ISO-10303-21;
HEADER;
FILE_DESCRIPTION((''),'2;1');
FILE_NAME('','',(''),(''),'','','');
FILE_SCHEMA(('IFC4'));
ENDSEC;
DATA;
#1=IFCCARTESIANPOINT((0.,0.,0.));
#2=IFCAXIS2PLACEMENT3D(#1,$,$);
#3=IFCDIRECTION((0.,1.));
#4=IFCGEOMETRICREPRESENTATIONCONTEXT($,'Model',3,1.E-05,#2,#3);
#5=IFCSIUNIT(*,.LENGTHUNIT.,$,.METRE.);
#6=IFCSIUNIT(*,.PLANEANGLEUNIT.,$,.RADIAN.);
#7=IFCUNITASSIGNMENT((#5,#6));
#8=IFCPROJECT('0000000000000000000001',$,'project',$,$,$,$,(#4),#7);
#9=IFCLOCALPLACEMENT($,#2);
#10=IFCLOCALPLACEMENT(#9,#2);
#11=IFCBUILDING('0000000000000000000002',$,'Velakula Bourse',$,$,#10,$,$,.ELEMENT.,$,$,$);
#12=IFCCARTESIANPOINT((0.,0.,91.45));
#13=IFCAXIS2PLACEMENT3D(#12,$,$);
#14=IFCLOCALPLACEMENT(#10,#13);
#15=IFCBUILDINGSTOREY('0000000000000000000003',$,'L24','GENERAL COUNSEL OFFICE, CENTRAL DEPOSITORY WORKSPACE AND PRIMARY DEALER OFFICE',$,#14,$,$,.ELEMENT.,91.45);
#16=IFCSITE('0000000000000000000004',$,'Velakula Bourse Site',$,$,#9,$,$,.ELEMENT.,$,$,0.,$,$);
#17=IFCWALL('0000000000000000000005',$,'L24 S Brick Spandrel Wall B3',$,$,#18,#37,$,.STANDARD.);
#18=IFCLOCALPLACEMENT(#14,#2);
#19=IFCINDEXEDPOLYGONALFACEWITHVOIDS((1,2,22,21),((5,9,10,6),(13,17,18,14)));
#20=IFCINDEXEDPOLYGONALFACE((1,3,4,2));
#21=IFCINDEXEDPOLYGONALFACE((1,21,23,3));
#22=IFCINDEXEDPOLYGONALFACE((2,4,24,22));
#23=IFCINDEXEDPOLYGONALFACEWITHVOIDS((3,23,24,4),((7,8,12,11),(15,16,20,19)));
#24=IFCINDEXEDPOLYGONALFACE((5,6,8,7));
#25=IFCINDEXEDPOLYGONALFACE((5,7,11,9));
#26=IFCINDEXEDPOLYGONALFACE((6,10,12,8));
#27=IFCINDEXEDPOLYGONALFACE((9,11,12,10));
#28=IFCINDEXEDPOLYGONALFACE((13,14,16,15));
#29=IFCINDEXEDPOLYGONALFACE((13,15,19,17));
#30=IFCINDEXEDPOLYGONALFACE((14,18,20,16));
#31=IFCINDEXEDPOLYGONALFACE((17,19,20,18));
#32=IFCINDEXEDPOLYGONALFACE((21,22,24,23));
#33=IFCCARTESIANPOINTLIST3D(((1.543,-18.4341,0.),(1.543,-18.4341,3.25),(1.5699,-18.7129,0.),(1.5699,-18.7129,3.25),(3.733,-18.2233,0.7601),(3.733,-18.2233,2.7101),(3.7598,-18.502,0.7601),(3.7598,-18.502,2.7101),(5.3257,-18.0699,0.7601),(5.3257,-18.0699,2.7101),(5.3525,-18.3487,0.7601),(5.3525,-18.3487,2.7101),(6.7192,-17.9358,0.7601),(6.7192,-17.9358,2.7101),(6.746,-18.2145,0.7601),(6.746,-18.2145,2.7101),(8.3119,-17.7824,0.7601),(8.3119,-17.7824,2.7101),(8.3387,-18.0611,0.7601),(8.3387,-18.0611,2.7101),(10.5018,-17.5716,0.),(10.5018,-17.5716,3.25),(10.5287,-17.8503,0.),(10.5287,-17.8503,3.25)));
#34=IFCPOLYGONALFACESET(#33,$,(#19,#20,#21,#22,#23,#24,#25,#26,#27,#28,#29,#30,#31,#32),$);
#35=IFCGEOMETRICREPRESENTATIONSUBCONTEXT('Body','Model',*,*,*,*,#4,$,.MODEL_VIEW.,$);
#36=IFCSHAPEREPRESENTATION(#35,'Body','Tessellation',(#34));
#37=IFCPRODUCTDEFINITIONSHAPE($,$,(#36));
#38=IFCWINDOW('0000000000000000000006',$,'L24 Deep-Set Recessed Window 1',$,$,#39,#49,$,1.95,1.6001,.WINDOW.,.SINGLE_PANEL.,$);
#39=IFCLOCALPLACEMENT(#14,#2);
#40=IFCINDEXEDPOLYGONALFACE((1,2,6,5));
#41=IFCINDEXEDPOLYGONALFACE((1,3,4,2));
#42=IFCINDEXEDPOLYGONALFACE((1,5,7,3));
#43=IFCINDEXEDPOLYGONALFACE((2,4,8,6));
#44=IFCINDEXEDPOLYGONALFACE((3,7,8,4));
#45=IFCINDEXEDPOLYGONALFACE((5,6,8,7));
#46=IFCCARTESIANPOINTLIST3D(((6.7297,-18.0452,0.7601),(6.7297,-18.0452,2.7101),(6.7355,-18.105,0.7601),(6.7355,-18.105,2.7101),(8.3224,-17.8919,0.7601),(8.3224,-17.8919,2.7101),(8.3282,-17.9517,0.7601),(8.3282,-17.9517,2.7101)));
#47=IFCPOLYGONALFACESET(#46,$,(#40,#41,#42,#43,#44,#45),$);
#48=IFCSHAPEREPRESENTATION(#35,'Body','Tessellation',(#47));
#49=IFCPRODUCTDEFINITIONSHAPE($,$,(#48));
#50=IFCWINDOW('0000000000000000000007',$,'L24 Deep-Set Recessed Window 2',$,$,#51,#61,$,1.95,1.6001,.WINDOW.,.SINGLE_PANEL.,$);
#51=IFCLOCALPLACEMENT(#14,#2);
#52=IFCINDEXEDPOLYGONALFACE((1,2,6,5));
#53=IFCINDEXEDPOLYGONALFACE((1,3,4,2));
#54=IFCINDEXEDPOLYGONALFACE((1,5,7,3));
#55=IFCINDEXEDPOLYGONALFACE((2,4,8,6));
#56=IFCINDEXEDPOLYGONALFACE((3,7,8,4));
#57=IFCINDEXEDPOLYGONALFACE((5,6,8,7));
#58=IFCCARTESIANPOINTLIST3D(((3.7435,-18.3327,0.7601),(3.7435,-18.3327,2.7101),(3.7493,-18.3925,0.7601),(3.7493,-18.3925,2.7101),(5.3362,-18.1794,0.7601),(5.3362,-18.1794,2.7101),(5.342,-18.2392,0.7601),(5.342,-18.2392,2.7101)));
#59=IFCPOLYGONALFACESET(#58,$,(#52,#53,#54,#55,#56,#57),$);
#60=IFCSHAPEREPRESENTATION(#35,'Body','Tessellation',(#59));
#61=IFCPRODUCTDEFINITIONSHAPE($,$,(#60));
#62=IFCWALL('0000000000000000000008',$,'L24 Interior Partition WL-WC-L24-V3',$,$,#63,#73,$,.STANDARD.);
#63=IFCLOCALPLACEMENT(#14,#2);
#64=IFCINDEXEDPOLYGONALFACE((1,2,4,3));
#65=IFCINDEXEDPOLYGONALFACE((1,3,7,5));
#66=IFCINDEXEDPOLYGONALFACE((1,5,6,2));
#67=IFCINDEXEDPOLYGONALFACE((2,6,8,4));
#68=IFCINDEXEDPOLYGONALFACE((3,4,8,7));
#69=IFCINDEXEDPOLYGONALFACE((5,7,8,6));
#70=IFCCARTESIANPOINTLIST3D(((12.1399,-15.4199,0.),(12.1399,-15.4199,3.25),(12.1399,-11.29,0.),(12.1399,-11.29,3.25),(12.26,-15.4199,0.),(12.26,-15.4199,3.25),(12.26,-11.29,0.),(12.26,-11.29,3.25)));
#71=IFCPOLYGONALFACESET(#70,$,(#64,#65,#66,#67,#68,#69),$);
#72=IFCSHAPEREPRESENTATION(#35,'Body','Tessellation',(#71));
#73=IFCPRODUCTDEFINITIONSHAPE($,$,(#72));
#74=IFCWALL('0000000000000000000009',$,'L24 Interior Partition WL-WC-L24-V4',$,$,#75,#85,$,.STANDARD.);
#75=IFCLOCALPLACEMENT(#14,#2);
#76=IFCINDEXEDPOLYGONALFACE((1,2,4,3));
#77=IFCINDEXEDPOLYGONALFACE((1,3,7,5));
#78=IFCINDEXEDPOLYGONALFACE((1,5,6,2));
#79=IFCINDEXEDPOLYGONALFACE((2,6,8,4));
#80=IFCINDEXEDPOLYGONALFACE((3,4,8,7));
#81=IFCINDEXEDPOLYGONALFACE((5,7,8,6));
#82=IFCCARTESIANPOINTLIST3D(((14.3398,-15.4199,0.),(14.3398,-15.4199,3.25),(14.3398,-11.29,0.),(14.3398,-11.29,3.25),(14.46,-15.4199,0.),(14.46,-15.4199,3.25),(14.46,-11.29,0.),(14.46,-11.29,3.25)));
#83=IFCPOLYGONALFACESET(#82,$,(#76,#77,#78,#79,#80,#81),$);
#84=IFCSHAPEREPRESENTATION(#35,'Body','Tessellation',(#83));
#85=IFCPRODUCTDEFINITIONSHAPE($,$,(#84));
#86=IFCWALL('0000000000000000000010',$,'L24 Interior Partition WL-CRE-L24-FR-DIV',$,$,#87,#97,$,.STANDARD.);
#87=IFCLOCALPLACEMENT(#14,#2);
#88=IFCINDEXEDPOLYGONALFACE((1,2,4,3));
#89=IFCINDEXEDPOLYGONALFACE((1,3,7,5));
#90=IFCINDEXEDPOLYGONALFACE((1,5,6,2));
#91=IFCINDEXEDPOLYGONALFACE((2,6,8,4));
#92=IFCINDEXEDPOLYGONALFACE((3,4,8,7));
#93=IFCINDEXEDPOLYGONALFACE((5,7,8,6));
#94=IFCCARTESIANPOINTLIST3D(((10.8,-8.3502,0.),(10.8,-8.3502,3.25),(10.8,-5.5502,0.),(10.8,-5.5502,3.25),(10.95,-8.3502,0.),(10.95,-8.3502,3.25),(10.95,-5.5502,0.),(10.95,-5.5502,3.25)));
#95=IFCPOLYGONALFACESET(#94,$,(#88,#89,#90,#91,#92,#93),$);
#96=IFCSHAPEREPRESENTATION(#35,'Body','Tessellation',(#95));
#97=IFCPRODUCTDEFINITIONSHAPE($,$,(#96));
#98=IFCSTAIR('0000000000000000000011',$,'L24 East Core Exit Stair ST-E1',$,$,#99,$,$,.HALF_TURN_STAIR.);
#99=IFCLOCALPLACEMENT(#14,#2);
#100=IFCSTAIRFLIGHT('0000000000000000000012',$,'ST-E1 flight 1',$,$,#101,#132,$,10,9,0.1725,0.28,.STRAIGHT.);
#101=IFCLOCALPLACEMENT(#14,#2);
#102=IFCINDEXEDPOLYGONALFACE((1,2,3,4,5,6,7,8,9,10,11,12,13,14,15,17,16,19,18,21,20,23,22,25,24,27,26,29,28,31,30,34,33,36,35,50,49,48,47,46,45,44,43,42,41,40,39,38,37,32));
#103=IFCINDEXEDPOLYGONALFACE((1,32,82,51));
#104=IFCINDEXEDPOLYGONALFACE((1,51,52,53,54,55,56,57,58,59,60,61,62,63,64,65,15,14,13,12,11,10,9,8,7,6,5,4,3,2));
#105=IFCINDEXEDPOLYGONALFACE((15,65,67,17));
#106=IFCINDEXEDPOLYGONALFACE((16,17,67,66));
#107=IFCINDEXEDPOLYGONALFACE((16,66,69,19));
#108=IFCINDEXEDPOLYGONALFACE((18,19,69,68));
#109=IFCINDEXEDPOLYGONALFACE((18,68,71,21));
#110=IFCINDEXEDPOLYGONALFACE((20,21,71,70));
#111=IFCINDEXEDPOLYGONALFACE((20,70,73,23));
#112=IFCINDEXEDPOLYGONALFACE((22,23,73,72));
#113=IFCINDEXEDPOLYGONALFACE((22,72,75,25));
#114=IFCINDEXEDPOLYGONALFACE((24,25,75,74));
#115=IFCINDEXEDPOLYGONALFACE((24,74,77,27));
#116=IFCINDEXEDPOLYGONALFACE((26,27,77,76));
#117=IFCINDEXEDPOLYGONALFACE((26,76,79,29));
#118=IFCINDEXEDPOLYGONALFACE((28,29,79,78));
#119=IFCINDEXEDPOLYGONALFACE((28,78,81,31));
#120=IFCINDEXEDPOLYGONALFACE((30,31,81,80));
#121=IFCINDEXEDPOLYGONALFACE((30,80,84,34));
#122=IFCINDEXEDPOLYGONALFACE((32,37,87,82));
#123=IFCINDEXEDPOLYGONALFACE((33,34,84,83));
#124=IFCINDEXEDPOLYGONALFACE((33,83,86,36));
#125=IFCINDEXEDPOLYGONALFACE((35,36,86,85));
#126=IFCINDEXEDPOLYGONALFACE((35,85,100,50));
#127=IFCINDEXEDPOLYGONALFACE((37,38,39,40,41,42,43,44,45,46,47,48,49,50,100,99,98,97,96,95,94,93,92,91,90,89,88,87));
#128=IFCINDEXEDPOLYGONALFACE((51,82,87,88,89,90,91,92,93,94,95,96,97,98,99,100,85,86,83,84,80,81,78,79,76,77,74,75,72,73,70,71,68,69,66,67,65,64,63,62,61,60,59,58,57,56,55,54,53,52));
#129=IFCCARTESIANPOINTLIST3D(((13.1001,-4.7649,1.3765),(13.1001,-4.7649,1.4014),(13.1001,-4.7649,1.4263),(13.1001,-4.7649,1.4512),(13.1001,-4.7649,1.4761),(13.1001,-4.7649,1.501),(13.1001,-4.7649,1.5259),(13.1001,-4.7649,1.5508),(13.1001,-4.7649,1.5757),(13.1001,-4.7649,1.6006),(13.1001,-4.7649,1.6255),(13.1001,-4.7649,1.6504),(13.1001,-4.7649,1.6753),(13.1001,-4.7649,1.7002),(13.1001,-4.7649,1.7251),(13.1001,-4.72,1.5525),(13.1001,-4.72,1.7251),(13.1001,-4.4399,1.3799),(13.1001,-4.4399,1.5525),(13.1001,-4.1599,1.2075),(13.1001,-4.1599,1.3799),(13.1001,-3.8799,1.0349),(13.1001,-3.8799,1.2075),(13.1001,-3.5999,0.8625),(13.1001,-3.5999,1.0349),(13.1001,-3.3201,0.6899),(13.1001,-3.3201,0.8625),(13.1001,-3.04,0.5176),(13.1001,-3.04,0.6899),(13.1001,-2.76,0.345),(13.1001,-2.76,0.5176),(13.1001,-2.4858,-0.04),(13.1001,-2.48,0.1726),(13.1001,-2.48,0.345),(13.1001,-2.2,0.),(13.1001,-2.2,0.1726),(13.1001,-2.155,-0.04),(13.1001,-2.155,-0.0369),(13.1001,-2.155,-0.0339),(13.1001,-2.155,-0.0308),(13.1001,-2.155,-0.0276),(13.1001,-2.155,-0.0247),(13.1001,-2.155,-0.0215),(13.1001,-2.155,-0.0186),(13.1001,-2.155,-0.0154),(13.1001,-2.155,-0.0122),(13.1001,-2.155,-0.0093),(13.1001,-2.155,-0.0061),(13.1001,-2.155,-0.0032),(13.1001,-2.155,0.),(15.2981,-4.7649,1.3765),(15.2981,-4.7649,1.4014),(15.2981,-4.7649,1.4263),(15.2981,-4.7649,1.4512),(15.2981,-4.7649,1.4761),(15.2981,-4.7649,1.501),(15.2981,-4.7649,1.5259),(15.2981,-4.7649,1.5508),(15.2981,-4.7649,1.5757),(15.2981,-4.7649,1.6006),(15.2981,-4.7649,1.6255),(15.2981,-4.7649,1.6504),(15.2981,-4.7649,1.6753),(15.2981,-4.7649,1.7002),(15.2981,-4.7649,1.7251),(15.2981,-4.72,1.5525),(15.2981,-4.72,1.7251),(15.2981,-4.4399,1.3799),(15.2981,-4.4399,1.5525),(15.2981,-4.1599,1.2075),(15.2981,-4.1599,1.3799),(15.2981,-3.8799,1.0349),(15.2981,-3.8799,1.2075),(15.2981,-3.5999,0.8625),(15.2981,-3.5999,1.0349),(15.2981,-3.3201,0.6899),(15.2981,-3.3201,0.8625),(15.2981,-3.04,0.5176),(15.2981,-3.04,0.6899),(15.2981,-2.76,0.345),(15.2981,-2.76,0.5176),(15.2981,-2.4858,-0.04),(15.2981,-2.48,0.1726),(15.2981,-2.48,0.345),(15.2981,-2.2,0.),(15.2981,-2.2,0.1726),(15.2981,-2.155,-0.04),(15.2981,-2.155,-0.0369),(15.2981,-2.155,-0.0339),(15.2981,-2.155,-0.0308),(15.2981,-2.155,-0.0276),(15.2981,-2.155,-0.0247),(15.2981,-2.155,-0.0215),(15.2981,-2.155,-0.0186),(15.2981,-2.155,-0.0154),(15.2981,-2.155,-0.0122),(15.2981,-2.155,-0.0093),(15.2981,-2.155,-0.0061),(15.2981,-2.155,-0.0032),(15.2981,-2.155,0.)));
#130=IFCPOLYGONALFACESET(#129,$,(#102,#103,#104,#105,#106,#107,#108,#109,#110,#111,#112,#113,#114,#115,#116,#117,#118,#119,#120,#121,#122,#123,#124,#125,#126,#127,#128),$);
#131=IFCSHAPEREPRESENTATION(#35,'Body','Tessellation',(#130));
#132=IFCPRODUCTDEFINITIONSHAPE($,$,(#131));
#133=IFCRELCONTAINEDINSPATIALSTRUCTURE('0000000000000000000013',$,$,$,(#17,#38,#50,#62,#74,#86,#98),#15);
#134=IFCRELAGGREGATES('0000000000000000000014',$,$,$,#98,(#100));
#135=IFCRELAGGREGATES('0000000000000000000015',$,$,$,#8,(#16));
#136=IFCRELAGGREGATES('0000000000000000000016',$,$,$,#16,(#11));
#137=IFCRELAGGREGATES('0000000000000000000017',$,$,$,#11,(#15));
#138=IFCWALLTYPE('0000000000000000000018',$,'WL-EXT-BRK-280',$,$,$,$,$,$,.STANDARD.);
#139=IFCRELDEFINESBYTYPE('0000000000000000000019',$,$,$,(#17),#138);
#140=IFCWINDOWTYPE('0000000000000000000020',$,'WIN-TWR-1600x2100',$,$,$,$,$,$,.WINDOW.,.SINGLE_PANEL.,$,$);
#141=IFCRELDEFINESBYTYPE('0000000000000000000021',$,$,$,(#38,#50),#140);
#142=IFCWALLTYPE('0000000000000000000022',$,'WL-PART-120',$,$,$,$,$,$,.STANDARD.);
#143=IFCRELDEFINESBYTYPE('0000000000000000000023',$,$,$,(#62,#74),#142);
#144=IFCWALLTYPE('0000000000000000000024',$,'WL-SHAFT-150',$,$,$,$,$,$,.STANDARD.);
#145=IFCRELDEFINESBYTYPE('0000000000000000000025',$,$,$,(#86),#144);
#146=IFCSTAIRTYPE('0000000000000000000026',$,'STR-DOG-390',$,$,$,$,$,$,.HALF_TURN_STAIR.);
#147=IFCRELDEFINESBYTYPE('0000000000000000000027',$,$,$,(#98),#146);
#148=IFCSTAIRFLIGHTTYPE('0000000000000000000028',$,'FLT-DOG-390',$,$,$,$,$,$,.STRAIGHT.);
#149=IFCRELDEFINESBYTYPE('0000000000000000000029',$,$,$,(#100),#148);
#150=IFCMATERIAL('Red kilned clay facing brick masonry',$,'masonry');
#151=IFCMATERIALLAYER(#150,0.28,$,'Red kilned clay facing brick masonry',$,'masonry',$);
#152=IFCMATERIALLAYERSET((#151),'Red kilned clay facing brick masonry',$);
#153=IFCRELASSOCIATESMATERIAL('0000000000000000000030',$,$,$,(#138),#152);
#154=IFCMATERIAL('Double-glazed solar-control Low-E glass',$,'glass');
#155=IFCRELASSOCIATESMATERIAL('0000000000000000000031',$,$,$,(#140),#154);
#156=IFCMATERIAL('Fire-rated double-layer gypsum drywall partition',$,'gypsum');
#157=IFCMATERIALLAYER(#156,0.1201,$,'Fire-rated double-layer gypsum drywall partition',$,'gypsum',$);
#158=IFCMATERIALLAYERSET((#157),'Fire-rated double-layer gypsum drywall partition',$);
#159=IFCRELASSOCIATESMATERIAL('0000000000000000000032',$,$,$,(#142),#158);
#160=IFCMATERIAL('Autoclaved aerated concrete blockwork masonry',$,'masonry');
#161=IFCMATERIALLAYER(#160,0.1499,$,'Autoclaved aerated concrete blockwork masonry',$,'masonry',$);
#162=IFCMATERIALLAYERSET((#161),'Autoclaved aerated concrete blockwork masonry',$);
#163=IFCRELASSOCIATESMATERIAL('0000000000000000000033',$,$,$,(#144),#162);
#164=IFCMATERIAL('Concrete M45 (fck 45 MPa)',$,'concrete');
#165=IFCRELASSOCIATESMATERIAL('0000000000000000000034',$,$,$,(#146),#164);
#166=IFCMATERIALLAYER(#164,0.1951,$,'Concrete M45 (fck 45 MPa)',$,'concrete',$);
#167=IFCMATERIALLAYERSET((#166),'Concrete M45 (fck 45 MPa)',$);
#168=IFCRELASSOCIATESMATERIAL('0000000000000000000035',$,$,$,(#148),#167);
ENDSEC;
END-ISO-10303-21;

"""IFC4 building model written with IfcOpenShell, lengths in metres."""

from ifc_helpers import new_model, si_unit, direction, frame, frame_2d, origin, place, context, subcontext, project, spatial, polyline, rectangle, outline, extrude, material, layer, layer_set, type_object, element, fill, aggregate, save


model = new_model("IFC4")

# Units and contexts
model_context = context("Model", 3, precision=1e-05, world=origin(), true_north=direction((0.0, 1.0)))
body_context = subcontext(model_context, "Body", "Model", "MODEL_VIEW")
ifc_project = project(units=[si_unit("LENGTHUNIT", "METRE"), si_unit("PLANEANGLEUNIT", "RADIAN")], contexts=[model_context])

# Site, building, storey
site_placement = place(None, origin())
site = spatial("IfcSite", under=ifc_project, at=site_placement, Name="Velakula Bourse Site", CompositionType="ELEMENT", RefElevation=0.0)
building_placement = place(site_placement, origin())
building = spatial("IfcBuilding", under=site, at=building_placement, Name="Velakula Bourse", CompositionType="ELEMENT")
storey_placement = place(building_placement, frame((0.0, 0.0, 91.45)))
storey = spatial("IfcBuildingStorey", under=building, at=storey_placement, Name="L24", Description="GENERAL COUNSEL OFFICE, CENTRAL DEPOSITORY WORKSPACE AND PRIMARY DEALER OFFICE", CompositionType="ELEMENT", Elevation=91.45)

# Wall, openings, windows
ifc_material_1 = material(Name="Red kilned clay facing brick masonry", Category="masonry")
ifc_layer_1 = layer(ifc_material_1, 0.28, Name="Red kilned clay facing brick masonry", Category="masonry")
ifc_layer_set_1 = layer_set([ifc_layer_1], Name="Red kilned clay facing brick masonry")
wall_type_1 = type_object("IfcWallType", Name="WL-EXT-BRK-280", PredefinedType="STANDARD", material=ifc_layer_set_1)
wall_1_placement = place(storey_placement, frame((10.5151, -17.7109, 0.0), z_axis=(0.0, 0.0, 1.0), x_axis=(-0.995397, -0.095837, 0.0)))
wall_1 = element("IfcWall", 1, at=wall_1_placement, inside=storey, type_object=wall_type_1, Name="L24 S Brick Spandrel Wall B3", PredefinedType="STANDARD", context=body_context, shape_type="SweptSolid", body=[
    extrude(rectangle(XDim=9.0002, YDim=0.28, at=frame_2d((4.5, 0.0))), origin(), (0.0, 0.0, 1.0), 3.25),
])
opening_1_placement = place(wall_1_placement, frame((2.2, 0.0, 0.76)))
opening_1 = element("IfcOpeningElement", 2, at=opening_1_placement, cuts=wall_1, PredefinedType="OPENING", context=body_context, shape_type="SweptSolid", body=[
    extrude(rectangle(XDim=1.6001, YDim=1.95, at=frame_2d((0.8, 0.9751))), frame((0.0, 0.1499, 0.0), z_axis=(0.0, -1.0, 0.0), x_axis=(1.0, 0.0, 0.0)), (0.0, 0.0, 1.0), 0.3),
])
opening_2_placement = place(wall_1_placement, frame((5.2, 0.0, 0.76)))
opening_2 = element("IfcOpeningElement", 3, at=opening_2_placement, cuts=wall_1, PredefinedType="OPENING", context=body_context, shape_type="SweptSolid", body=[
    extrude(rectangle(XDim=1.6001, YDim=1.95, at=frame_2d((0.8, 0.9751))), frame((0.0, 0.1499, 0.0), z_axis=(0.0, -1.0, 0.0), x_axis=(1.0, 0.0, 0.0)), (0.0, 0.0, 1.0), 0.3),
])
ifc_material_2 = material(Name="Double-glazed solar-control Low-E glass", Category="glass")
window_type = type_object("IfcWindowType", Name="WIN-TWR-1600x2100", PartitioningType="SINGLE_PANEL", PredefinedType="WINDOW", material=ifc_material_2)
window_1_placement = place(opening_1_placement, origin())
window_1 = element("IfcWindow", 4, at=window_1_placement, inside=storey, type_object=window_type, Name="L24 Deep-Set Recessed Window 1", OverallHeight=1.95, OverallWidth=1.6001, PartitioningType="SINGLE_PANEL", PredefinedType="WINDOW", context=body_context, shape_type="SweptSolid", body=[
    extrude(rectangle(XDim=1.6001, YDim=1.95, at=frame_2d((0.8, 0.9751))), frame((0.0, 0.03, 0.0), z_axis=(0.0, -1.0, 0.0), x_axis=(1.0, 0.0, 0.0)), (0.0, 0.0, 1.0), 0.0601),
])
fill(opening_1, window_1)
window_2_placement = place(opening_2_placement, origin())
window_2 = element("IfcWindow", 5, at=window_2_placement, inside=storey, type_object=window_type, Name="L24 Deep-Set Recessed Window 2", OverallHeight=1.95, OverallWidth=1.6001, PartitioningType="SINGLE_PANEL", PredefinedType="WINDOW", context=body_context, shape_type="SweptSolid", body=[
    extrude(rectangle(XDim=1.6001, YDim=1.95, at=frame_2d((0.8, 0.9751))), frame((0.0, 0.03, 0.0), z_axis=(0.0, -1.0, 0.0), x_axis=(1.0, 0.0, 0.0)), (0.0, 0.0, 1.0), 0.0601),
])
fill(opening_2, window_2)

# Walls
ifc_material_3 = material(Name="Fire-rated double-layer gypsum drywall partition", Category="gypsum")
ifc_layer_2 = layer(ifc_material_3, 0.1201, Name="Fire-rated double-layer gypsum drywall partition", Category="gypsum")
ifc_layer_set_2 = layer_set([ifc_layer_2], Name="Fire-rated double-layer gypsum drywall partition")
wall_type_2 = type_object("IfcWallType", Name="WL-PART-120", PredefinedType="STANDARD", material=ifc_layer_set_2)
for number, where, z_axis, x_axis, name in (
    (6, (12.2, -15.4199, 0.0), (0.0, 0.0, 1.0), (0.0, 1.0, 0.0), "L24 Interior Partition WL-WC-L24-V3"),
    (7, (14.3999, -15.4199, 0.0), (0.0, 0.0, 1.0), (0.0, 1.0, 0.0), "L24 Interior Partition WL-WC-L24-V4"),
):
    element("IfcWall", number, at=place(storey_placement, frame(where, z_axis=z_axis, x_axis=x_axis)), inside=storey, type_object=wall_type_2, Name=name, PredefinedType="STANDARD", context=body_context, shape_type="SweptSolid", body=[
        extrude(rectangle(XDim=4.1299, YDim=0.1201, at=frame_2d((2.0649, 0.0))), origin(), (0.0, 0.0, 1.0), 3.25),
    ])
ifc_material_4 = material(Name="Autoclaved aerated concrete blockwork masonry", Category="masonry")
ifc_layer_3 = layer(ifc_material_4, 0.1499, Name="Autoclaved aerated concrete blockwork masonry", Category="masonry")
ifc_layer_set_3 = layer_set([ifc_layer_3], Name="Autoclaved aerated concrete blockwork masonry")
wall_type_3 = type_object("IfcWallType", Name="WL-SHAFT-150", PredefinedType="STANDARD", material=ifc_layer_set_3)
wall_2_placement = place(storey_placement, frame((10.875, -8.3501, 0.0), z_axis=(0.0, 0.0, 1.0), x_axis=(0.0, 1.0, 0.0)))
element("IfcWall", 8, at=wall_2_placement, inside=storey, type_object=wall_type_3, Name="L24 Interior Partition WL-CRE-L24-FR-DIV", PredefinedType="STANDARD", context=body_context, shape_type="SweptSolid", body=[
    extrude(rectangle(XDim=2.8, YDim=0.1499, at=frame_2d((1.3999, 0.0))), origin(), (0.0, 0.0, 1.0), 3.25),
])

# Stair, stair flight
ifc_material_5 = material(Name="Concrete M45 (fck 45 MPa)", Category="concrete")
stair_type = type_object("IfcStairType", Name="STR-DOG-390", PredefinedType="HALF_TURN_STAIR", material=ifc_material_5)
stair_placement = place(storey_placement, origin())
stair = element("IfcStair", 9, at=stair_placement, inside=storey, type_object=stair_type, Name="L24 East Core Exit Stair ST-E1", PredefinedType="HALF_TURN_STAIR")
ifc_layer_4 = layer(ifc_material_5, 0.1951, Name="Concrete M45 (fck 45 MPa)", Category="concrete")
ifc_layer_set_4 = layer_set([ifc_layer_4], Name="Concrete M45 (fck 45 MPa)")
stair_flight_type = type_object("IfcStairFlightType", Name="FLT-DOG-390", PredefinedType="STRAIGHT", material=ifc_layer_set_4)
stair_flight_1_placement = place(storey_placement, frame((14.199, -2.2, 0.0), z_axis=(0.0, 0.0, 1.0), x_axis=(0.0, -1.0, 0.0)))
stair_flight_1 = element("IfcStairFlight", 10, at=stair_flight_1_placement, type_object=stair_flight_type, Name="ST-E1 flight 1", NumberOfRisers=10, NumberOfTreads=9, PredefinedType="STRAIGHT", RiserHeight=0.1725, TreadLength=0.28, context=body_context, shape_type="SweptSolid", body=[
    extrude(outline(polyline([(-0.0449, -0.04), (-0.0449, -0.0369), (-0.0449, -0.0339), (-0.0449, -0.0308), (-0.0449, -0.0276), (-0.0449, -0.0247), (-0.0449, -0.0215), (-0.0449, -0.0186), (-0.0449, -0.0154), (-0.0449, -0.0122), (-0.0449, -0.0093), (-0.0449, -0.0061), (-0.0449, -0.0032), (-0.0449, 0.0), (0.0, 0.0), (0.0, 0.1726), (0.28, 0.1726), (0.28, 0.345), (0.5601, 0.345), (0.5601, 0.5176), (0.8401, 0.5176), (0.8401, 0.6899), (1.1201, 0.6899), (1.1201, 0.8625), (1.3999, 0.8625), (1.3999, 1.0349), (1.6799, 1.0349), (1.6799, 1.2075), (1.96, 1.2075), (1.96, 1.3799), (2.24, 1.3799), (2.24, 1.5525), (2.52, 1.5525), (2.52, 1.7251), (2.5649, 1.7251), (2.5649, 1.7002), (2.5649, 1.6753), (2.5649, 1.6504), (2.5649, 1.6255), (2.5649, 1.6006), (2.5649, 1.5757), (2.5649, 1.5508), (2.5649, 1.5259), (2.5649, 1.501), (2.5649, 1.4761), (2.5649, 1.4512), (2.5649, 1.4263), (2.5649, 1.4014), (2.5649, 1.3765), (0.2859, -0.04), (-0.0449, -0.04)])), frame((0.0, 1.0991, 0.0), z_axis=(0.0, -1.0, 0.0), x_axis=(1.0, 0.0, 0.0)), (0.0, 0.0, 1.0), 2.198),
])
aggregate(stair, [stair_flight_1])

save(model, "model.ifc")
